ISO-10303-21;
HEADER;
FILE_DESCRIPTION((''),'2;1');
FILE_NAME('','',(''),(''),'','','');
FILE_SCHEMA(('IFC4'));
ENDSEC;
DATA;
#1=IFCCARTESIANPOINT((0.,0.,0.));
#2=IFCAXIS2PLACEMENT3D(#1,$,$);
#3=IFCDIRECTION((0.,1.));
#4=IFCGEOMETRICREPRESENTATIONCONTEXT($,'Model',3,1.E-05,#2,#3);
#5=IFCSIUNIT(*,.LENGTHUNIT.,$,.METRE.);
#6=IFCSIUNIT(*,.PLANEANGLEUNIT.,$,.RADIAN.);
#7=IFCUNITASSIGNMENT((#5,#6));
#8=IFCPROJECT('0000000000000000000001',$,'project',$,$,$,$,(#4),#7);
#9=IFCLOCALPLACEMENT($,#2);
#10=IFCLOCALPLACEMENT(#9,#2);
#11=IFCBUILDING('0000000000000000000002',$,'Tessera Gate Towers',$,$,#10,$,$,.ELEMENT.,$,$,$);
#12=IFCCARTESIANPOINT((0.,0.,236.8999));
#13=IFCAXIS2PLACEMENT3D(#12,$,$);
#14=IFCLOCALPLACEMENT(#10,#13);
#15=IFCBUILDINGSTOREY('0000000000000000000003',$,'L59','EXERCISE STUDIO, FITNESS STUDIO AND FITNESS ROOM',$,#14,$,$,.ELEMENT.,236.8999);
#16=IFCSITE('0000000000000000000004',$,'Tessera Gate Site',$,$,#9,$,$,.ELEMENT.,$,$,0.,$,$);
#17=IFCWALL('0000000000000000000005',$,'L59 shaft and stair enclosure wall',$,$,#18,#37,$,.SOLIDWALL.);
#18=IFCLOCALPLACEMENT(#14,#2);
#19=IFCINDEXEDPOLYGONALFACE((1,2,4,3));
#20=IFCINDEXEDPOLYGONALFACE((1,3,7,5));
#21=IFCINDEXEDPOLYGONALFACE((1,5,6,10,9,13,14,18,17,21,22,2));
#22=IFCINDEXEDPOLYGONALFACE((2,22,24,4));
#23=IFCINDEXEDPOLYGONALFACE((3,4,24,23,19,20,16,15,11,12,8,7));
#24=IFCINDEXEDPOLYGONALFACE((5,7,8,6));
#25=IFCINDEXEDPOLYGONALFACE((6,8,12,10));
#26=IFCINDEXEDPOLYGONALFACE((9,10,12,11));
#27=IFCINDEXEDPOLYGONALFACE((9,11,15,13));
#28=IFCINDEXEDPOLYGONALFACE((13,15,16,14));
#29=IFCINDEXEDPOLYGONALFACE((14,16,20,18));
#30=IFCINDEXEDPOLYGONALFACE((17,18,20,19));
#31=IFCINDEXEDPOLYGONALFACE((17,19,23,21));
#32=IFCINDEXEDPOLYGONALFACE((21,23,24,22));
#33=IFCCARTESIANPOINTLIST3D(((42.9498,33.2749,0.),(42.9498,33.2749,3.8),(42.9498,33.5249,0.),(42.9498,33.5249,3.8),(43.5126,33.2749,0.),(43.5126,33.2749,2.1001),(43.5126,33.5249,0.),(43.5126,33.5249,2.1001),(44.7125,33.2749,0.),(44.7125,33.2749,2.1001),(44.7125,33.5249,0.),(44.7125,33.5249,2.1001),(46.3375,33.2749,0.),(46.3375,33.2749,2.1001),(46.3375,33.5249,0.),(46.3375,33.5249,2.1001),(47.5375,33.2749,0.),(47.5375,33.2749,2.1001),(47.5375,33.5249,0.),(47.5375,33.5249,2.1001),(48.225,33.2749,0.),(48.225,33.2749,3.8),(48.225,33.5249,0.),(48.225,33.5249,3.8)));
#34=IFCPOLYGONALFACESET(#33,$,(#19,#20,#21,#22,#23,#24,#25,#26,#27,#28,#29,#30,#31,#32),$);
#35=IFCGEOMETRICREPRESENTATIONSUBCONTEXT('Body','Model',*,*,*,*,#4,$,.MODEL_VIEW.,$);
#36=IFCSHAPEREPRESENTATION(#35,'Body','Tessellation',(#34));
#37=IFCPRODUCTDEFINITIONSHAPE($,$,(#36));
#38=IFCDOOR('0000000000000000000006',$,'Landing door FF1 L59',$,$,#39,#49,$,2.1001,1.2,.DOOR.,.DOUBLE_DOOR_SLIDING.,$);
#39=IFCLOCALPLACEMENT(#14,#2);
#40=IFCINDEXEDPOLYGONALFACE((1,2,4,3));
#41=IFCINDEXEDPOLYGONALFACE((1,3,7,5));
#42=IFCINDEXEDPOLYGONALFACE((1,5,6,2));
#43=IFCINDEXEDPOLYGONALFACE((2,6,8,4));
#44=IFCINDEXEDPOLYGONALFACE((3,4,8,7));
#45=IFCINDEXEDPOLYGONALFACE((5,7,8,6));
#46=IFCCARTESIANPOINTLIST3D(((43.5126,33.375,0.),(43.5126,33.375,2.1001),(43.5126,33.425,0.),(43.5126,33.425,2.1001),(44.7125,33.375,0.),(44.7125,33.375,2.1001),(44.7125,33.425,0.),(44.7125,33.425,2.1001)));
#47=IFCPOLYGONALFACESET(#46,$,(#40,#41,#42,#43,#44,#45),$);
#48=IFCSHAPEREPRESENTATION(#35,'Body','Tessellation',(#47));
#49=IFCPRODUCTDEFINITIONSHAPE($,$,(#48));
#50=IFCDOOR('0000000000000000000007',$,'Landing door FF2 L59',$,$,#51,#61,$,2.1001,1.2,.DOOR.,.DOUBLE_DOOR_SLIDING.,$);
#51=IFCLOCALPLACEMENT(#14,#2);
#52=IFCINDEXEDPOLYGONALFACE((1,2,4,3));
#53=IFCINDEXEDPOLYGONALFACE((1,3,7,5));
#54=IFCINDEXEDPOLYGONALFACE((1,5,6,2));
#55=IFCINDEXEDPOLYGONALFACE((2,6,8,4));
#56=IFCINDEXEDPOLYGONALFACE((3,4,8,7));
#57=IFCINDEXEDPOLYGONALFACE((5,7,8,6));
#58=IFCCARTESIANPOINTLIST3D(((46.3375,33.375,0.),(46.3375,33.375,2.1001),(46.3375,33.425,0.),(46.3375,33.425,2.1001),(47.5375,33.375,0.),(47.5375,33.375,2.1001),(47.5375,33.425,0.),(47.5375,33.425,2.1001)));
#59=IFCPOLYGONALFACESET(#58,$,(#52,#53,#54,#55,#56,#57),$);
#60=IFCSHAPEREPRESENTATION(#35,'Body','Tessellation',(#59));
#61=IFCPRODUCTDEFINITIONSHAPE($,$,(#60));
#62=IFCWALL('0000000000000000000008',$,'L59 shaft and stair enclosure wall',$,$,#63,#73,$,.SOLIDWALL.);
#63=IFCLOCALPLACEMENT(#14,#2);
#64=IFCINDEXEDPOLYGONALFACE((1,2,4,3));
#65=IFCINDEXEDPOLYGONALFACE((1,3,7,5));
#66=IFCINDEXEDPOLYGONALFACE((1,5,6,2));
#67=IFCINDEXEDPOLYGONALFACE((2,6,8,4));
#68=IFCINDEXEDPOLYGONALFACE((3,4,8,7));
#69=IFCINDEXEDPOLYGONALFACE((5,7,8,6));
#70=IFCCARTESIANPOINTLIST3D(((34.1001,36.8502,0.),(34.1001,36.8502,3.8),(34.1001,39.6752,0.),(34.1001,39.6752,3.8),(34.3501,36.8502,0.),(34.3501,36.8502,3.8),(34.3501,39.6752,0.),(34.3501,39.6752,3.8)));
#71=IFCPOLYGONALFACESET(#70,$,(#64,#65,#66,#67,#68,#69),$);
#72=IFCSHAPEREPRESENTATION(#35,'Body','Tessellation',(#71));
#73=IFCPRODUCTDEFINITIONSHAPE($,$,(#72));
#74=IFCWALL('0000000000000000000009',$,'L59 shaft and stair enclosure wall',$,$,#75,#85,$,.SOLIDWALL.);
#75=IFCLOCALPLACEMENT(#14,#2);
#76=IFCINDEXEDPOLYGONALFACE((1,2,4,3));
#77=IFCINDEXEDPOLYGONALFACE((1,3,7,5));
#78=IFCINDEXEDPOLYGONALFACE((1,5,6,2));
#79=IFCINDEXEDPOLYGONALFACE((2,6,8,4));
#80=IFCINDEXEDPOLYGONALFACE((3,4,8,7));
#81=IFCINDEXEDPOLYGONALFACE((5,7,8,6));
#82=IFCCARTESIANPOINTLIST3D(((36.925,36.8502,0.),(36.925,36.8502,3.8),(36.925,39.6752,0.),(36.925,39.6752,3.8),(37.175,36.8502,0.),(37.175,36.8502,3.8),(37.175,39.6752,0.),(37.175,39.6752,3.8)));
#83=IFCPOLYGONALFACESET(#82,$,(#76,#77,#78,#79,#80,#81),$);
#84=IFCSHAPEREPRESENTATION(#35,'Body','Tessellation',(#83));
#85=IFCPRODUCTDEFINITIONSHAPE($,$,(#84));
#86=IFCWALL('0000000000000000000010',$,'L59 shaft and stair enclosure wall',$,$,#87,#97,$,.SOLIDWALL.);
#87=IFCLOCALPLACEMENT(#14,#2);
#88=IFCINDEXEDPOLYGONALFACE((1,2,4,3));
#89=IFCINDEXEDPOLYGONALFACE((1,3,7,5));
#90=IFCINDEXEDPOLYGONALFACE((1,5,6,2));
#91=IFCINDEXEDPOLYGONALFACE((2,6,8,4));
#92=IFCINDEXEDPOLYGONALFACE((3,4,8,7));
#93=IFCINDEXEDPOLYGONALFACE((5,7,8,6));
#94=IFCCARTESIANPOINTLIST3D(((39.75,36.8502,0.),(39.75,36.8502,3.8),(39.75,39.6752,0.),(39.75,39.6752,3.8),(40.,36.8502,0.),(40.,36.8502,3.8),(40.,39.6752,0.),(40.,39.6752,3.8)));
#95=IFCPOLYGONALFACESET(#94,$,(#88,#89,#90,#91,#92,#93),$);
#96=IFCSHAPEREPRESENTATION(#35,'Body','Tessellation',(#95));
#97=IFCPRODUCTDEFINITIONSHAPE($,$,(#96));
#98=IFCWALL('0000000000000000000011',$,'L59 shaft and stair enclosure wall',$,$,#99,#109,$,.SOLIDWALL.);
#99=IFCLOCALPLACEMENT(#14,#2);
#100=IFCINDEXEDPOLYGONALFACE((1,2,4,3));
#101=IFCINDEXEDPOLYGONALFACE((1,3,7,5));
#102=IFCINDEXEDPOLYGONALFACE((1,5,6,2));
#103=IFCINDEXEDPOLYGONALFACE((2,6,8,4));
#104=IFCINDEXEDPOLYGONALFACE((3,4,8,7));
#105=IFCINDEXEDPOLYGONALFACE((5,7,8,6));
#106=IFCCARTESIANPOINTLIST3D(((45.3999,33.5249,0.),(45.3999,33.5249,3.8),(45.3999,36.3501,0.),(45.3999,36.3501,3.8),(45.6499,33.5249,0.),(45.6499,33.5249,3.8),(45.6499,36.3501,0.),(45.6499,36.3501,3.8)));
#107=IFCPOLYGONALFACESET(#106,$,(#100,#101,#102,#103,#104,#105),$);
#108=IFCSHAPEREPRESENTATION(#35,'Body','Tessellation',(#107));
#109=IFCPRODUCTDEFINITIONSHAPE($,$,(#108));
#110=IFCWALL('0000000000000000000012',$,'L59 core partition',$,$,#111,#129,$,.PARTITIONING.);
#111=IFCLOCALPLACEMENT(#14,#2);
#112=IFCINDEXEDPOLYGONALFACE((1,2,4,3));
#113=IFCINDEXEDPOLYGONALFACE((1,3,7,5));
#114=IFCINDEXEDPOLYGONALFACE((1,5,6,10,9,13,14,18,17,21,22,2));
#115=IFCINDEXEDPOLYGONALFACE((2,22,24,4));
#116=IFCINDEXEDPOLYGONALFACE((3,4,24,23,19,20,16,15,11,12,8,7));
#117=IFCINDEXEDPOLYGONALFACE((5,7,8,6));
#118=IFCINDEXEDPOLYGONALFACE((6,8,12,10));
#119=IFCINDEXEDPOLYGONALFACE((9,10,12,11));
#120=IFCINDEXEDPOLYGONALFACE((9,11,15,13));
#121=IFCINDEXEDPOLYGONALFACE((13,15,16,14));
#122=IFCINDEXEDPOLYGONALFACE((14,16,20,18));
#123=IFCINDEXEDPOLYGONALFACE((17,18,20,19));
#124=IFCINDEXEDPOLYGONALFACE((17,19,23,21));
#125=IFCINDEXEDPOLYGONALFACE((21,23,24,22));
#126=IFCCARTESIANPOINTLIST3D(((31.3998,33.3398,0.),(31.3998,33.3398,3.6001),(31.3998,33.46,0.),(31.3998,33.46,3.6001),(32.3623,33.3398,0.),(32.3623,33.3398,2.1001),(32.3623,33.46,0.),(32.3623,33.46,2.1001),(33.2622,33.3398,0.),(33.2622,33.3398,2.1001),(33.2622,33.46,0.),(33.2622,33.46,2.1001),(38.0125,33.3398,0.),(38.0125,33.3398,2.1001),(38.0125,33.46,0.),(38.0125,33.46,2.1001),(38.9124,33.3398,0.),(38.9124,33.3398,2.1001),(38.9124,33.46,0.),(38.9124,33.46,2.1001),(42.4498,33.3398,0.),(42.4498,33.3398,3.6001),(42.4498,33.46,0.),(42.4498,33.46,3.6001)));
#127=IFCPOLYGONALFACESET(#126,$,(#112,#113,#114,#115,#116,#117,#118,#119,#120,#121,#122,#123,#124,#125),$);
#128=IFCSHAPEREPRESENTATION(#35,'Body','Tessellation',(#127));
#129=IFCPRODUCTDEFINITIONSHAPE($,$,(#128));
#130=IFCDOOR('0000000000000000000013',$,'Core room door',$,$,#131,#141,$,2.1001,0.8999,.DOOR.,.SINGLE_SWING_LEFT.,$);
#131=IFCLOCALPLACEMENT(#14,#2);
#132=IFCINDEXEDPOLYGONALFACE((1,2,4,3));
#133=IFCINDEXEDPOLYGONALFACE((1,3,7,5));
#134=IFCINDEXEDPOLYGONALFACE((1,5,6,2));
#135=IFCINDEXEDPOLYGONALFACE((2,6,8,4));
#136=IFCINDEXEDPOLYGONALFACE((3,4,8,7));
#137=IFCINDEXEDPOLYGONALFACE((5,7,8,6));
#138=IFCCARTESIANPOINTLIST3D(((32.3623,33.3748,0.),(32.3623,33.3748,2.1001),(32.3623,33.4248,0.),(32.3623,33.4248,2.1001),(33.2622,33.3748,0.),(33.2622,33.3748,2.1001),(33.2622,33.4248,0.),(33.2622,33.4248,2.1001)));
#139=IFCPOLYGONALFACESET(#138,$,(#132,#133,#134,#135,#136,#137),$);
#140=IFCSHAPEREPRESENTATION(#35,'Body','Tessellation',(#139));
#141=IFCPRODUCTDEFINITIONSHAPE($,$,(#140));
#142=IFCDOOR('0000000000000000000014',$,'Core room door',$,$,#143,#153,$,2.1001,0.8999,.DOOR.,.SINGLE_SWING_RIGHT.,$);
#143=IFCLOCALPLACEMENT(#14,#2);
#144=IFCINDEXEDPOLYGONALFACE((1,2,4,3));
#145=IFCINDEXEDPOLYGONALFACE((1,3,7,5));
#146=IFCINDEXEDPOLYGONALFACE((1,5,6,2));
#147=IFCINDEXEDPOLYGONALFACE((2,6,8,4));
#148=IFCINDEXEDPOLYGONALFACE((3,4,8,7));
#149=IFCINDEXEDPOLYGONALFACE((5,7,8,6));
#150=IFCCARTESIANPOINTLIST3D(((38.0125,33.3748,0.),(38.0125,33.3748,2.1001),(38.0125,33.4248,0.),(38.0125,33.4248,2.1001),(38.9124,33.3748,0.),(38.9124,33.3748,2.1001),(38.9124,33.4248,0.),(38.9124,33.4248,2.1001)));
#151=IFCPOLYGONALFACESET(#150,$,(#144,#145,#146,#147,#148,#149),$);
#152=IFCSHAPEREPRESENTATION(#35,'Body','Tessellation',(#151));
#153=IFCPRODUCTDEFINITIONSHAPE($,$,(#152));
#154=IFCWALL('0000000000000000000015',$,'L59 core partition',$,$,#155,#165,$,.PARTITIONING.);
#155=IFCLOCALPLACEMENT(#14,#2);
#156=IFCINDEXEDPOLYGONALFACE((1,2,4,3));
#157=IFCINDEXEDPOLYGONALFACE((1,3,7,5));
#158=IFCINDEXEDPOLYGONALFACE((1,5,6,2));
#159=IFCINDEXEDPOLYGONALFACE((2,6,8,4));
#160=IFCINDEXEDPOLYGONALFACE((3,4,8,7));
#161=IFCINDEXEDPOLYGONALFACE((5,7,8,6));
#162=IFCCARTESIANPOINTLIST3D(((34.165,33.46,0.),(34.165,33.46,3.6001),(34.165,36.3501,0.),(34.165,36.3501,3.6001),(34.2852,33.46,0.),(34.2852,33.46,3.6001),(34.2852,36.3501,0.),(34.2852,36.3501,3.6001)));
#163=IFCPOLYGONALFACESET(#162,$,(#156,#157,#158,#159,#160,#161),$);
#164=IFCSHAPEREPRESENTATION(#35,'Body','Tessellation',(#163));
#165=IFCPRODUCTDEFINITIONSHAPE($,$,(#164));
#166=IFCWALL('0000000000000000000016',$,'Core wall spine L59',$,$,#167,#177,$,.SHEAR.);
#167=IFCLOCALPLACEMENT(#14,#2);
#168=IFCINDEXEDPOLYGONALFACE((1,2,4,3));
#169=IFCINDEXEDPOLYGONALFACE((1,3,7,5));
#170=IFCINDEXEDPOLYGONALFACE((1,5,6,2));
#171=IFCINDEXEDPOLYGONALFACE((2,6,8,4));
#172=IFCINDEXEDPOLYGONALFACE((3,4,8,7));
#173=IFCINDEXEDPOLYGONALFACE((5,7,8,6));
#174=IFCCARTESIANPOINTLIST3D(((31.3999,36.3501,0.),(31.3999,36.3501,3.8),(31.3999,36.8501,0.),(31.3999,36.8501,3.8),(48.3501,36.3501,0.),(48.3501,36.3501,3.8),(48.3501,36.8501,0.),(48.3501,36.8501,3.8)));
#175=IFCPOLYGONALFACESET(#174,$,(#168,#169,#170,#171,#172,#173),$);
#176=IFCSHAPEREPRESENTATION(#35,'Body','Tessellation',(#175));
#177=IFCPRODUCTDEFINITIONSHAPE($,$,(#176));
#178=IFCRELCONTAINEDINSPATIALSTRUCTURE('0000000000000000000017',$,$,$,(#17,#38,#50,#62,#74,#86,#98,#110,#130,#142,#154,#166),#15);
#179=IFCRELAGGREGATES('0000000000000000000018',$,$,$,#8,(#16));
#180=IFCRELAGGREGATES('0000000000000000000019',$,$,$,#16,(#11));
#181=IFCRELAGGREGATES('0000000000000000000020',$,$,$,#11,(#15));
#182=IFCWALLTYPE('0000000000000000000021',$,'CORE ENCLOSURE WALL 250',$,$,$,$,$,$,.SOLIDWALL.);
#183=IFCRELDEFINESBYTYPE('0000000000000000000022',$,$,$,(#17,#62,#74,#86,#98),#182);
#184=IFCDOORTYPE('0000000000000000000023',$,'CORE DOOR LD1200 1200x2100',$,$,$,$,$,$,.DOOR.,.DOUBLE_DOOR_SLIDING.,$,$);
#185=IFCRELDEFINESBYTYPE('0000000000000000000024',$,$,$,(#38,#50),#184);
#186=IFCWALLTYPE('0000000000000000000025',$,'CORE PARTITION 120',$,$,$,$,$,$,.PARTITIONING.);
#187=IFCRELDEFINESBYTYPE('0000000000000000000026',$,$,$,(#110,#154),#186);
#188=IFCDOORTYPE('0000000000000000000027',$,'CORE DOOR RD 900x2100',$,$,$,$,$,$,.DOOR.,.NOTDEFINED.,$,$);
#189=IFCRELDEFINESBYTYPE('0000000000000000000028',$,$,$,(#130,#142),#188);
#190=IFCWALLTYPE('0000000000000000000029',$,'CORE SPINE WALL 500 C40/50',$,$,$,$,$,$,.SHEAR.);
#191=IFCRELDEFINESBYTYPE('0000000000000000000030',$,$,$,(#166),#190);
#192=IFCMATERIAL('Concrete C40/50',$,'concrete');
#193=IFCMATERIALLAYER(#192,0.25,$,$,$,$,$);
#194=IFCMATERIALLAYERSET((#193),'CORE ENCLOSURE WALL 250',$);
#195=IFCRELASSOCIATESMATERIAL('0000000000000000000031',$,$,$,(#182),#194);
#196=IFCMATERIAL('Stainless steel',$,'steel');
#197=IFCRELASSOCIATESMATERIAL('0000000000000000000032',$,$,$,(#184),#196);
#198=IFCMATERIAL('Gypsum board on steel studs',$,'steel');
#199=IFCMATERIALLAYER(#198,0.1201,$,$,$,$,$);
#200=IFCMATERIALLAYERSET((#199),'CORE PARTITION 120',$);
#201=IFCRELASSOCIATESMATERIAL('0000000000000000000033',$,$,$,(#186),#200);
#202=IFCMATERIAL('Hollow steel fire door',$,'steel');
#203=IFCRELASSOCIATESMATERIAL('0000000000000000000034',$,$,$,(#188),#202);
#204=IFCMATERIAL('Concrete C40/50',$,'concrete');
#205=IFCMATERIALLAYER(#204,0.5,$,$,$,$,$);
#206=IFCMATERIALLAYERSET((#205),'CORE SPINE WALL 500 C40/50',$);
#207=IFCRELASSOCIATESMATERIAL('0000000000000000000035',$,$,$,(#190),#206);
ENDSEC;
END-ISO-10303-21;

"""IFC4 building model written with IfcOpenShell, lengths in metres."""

from ifc_helpers import new_model, si_unit, direction, frame, frame_2d, origin, place, context, subcontext, project, spatial, rectangle, extrude, source, transform, mapped, material, layer, layer_set, type_object, element, fill, save


model = new_model("IFC4")

# Units and contexts
model_context = context("Model", 3, precision=1e-05, world=origin(), true_north=direction((0.0, 1.0)))
body_context = subcontext(model_context, "Body", "Model", "MODEL_VIEW")
ifc_project = project(units=[si_unit("LENGTHUNIT", "METRE"), si_unit("PLANEANGLEUNIT", "RADIAN")], contexts=[model_context])

# Site, building, storey
site_placement = place(None, origin())
site = spatial("IfcSite", under=ifc_project, at=site_placement, Name="Tessera Gate Site", CompositionType="ELEMENT", RefElevation=0.0)
building_placement = place(site_placement, origin())
building = spatial("IfcBuilding", under=site, at=building_placement, Name="Tessera Gate Towers", CompositionType="ELEMENT")
storey_placement = place(building_placement, frame((0.0, 0.0, 236.8999)))
storey = spatial("IfcBuildingStorey", under=building, at=storey_placement, Name="L59", Description="EXERCISE STUDIO, FITNESS STUDIO AND FITNESS ROOM", CompositionType="ELEMENT", Elevation=236.8999)

# Shared definitions
ifc_material_1 = material(Name="Concrete C40/50", Category="concrete")
ifc_layer_1 = layer(ifc_material_1, 0.25)
ifc_layer_set_1 = layer_set([ifc_layer_1], Name="CORE ENCLOSURE WALL 250")
wall_type_1 = type_object("IfcWallType", Name="CORE ENCLOSURE WALL 250", PredefinedType="SOLIDWALL", material=ifc_layer_set_1)

# Shared definitions
shared_shape_1 = source(origin(), body_context, "Body", "SweptSolid", [
    extrude(rectangle(XDim=1.2, YDim=2.1001, at=frame_2d((0.6001, 1.05))), frame((0.0, 0.135, 0.0), z_axis=(0.0, -1.0, 0.0), x_axis=(1.0, 0.0, 0.0)), (0.0, 0.0, 1.0), 0.27),
])
shared_shape_2 = source(origin(), body_context, "Body", "SweptSolid", [
    extrude(rectangle(XDim=1.2, YDim=2.1001, at=frame_2d((0.6001, 1.05))), frame((0.0, 0.0249, 0.0), z_axis=(0.0, -1.0, 0.0), x_axis=(1.0, 0.0, 0.0)), (0.0, 0.0, 1.0), 0.05),
])

# Wall, openings, doors
wall_1_placement = place(storey_placement, frame((48.2251, 33.3999, 0.0), z_axis=(0.0, 0.0, 1.0), x_axis=(-1.0, 0.0, 0.0)))
wall_1 = element("IfcWall", 1, at=wall_1_placement, inside=storey, type_object=wall_type_1, Name="L59 shaft and stair enclosure wall", PredefinedType="SOLIDWALL", context=body_context, shape_type="SweptSolid", body=[
    extrude(rectangle(XDim=5.2751, YDim=0.25, at=frame_2d((2.6377, 0.0))), origin(), (0.0, 0.0, 1.0), 3.8),
])
opening_1_placement = place(wall_1_placement, frame((3.5125, 0.0, 0.0)))
opening_1 = element("IfcOpeningElement", 2, at=opening_1_placement, cuts=wall_1, PredefinedType="OPENING", context=body_context, shape_type="MappedRepresentation", body=[
    mapped(shared_shape_1, transform((0.0, 0.0, 0.0), scale=1.0)),
])
opening_2_placement = place(wall_1_placement, frame((0.6875, 0.0, 0.0)))
opening_2 = element("IfcOpeningElement", 3, at=opening_2_placement, cuts=wall_1, PredefinedType="OPENING", context=body_context, shape_type="MappedRepresentation", body=[
    mapped(shared_shape_1, transform((0.0, 0.0, 0.0), scale=1.0)),
])
ifc_material_2 = material(Name="Stainless steel", Category="steel")
door_type_1 = type_object("IfcDoorType", Name="CORE DOOR LD1200 1200x2100", OperationType="DOUBLE_DOOR_SLIDING", PredefinedType="DOOR", material=ifc_material_2)
door_1_placement = place(opening_1_placement, origin())
door_1 = element("IfcDoor", 4, at=door_1_placement, inside=storey, type_object=door_type_1, Name="Landing door FF1 L59", OperationType="DOUBLE_DOOR_SLIDING", OverallHeight=2.1001, OverallWidth=1.2, PredefinedType="DOOR", context=body_context, shape_type="MappedRepresentation", body=[
    mapped(shared_shape_2, transform((0.0, 0.0, 0.0), scale=1.0)),
])
fill(opening_1, door_1)
door_2_placement = place(opening_2_placement, origin())
door_2 = element("IfcDoor", 5, at=door_2_placement, inside=storey, type_object=door_type_1, Name="Landing door FF2 L59", OperationType="DOUBLE_DOOR_SLIDING", OverallHeight=2.1001, OverallWidth=1.2, PredefinedType="DOOR", context=body_context, shape_type="MappedRepresentation", body=[
    mapped(shared_shape_2, transform((0.0, 0.0, 0.0), scale=1.0)),
])
fill(opening_2, door_2)

# Walls
for number, where, z_axis, x_axis, name in (
    (6, (34.2251, 36.8501, 0.0), (0.0, 0.0, 1.0), (0.0, 1.0, 0.0), "L59 shaft and stair enclosure wall"),
    (7, (37.05, 36.8501, 0.0), (0.0, 0.0, 1.0), (0.0, 1.0, 0.0), "L59 shaft and stair enclosure wall"),
    (8, (39.875, 36.8501, 0.0), (0.0, 0.0, 1.0), (0.0, 1.0, 0.0), "L59 shaft and stair enclosure wall"),
):
    element("IfcWall", number, at=place(storey_placement, frame(where, z_axis=z_axis, x_axis=x_axis)), inside=storey, type_object=wall_type_1, Name=name, PredefinedType="SOLIDWALL", context=body_context, shape_type="SweptSolid", body=[
        extrude(rectangle(XDim=2.825, YDim=0.25, at=frame_2d((1.4126, 0.0))), origin(), (0.0, 0.0, 1.0), 3.8),
    ])
wall_2_placement = place(storey_placement, frame((45.5249, 33.5249, 0.0), z_axis=(0.0, 0.0, 1.0), x_axis=(0.0, 1.0, 0.0)))
element("IfcWall", 9, at=wall_2_placement, inside=storey, type_object=wall_type_1, Name="L59 shaft and stair enclosure wall", PredefinedType="SOLIDWALL", context=body_context, shape_type="SweptSolid", body=[
    extrude(rectangle(XDim=2.8252, YDim=0.25, at=frame_2d((1.4126, 0.0))), origin(), (0.0, 0.0, 1.0), 3.8),
])

# Wall, openings, doors
ifc_material_3 = material(Name="Gypsum board on steel studs", Category="steel")
ifc_layer_2 = layer(ifc_material_3, 0.1201)
ifc_layer_set_2 = layer_set([ifc_layer_2], Name="CORE PARTITION 120")
wall_type_2 = type_object("IfcWallType", Name="CORE PARTITION 120", PredefinedType="PARTITIONING", material=ifc_layer_set_2)
wall_3_placement = place(storey_placement, frame((31.3999, 33.3999, 0.0), z_axis=(0.0, 0.0, 1.0), x_axis=(1.0, 0.0, 0.0)))
wall_3 = element("IfcWall", 10, at=wall_3_placement, inside=storey, type_object=wall_type_2, Name="L59 core partition", PredefinedType="PARTITIONING", context=body_context, shape_type="SweptSolid", body=[
    extrude(rectangle(XDim=11.05, YDim=0.1201, at=frame_2d((5.5249, 0.0))), origin(), (0.0, 0.0, 1.0), 3.6001),
])
shared_shape_3 = source(origin(), body_context, "Body", "SweptSolid", [
    extrude(rectangle(XDim=0.8999, YDim=2.1001, at=frame_2d((0.45, 1.05))), frame((0.0, 0.0701, 0.0), z_axis=(0.0, -1.0, 0.0), x_axis=(1.0, 0.0, 0.0)), (0.0, 0.0, 1.0), 0.1401),
])
opening_3_placement = place(wall_3_placement, frame((0.9624, 0.0, 0.0)))
opening_3 = element("IfcOpeningElement", 11, at=opening_3_placement, cuts=wall_3, PredefinedType="OPENING", context=body_context, shape_type="MappedRepresentation", body=[
    mapped(shared_shape_3, transform((0.0, 0.0, 0.0), scale=1.0)),
])
opening_4_placement = place(wall_3_placement, frame((6.6125, 0.0, 0.0)))
opening_4 = element("IfcOpeningElement", 12, at=opening_4_placement, cuts=wall_3, PredefinedType="OPENING", context=body_context, shape_type="MappedRepresentation", body=[
    mapped(shared_shape_3, transform((0.0, 0.0, 0.0), scale=1.0)),
])
ifc_material_4 = material(Name="Hollow steel fire door", Category="steel")
door_type_2 = type_object("IfcDoorType", Name="CORE DOOR RD 900x2100", OperationType="NOTDEFINED", PredefinedType="DOOR", material=ifc_material_4)
shared_shape_4 = source(origin(), body_context, "Body", "SweptSolid", [
    extrude(rectangle(XDim=0.8999, YDim=2.1001, at=frame_2d((0.45, 1.05))), frame((0.0, 0.0249, 0.0), z_axis=(0.0, -1.0, 0.0), x_axis=(1.0, 0.0, 0.0)), (0.0, 0.0, 1.0), 0.05),
])
door_3_placement = place(opening_3_placement, origin())
door_3 = element("IfcDoor", 13, at=door_3_placement, inside=storey, type_object=door_type_2, Name="Core room door", OperationType="SINGLE_SWING_LEFT", OverallHeight=2.1001, OverallWidth=0.8999, PredefinedType="DOOR", context=body_context, shape_type="MappedRepresentation", body=[
    mapped(shared_shape_4, transform((0.0, 0.0, 0.0), scale=1.0)),
])
fill(opening_3, door_3)
door_4_placement = place(opening_4_placement, origin())
door_4 = element("IfcDoor", 14, at=door_4_placement, inside=storey, type_object=door_type_2, Name="Core room door", OperationType="SINGLE_SWING_RIGHT", OverallHeight=2.1001, OverallWidth=0.8999, PredefinedType="DOOR", context=body_context, shape_type="MappedRepresentation", body=[
    mapped(shared_shape_4, transform((0.0, 0.0, 0.0), scale=1.0)),
])
fill(opening_4, door_4)

# Walls
wall_4_placement = place(storey_placement, frame((34.2251, 33.46, 0.0), z_axis=(0.0, 0.0, 1.0), x_axis=(0.0, 1.0, 0.0)))
element("IfcWall", 15, at=wall_4_placement, inside=storey, type_object=wall_type_2, Name="L59 core partition", PredefinedType="PARTITIONING", context=body_context, shape_type="SweptSolid", body=[
    extrude(rectangle(XDim=2.8901, YDim=0.1201, at=frame_2d((1.4451, 0.0))), origin(), (0.0, 0.0, 1.0), 3.6001),
])
ifc_material_5 = material(Name="Concrete C40/50", Category="concrete")
ifc_layer_3 = layer(ifc_material_5, 0.5)
ifc_layer_set_3 = layer_set([ifc_layer_3], Name="CORE SPINE WALL 500 C40/50")
wall_type_3 = type_object("IfcWallType", Name="CORE SPINE WALL 500 C40/50", PredefinedType="SHEAR", material=ifc_layer_set_3)
wall_5_placement = place(storey_placement, frame((31.3999, 36.6001, 0.0), z_axis=(0.0, 0.0, 1.0), x_axis=(1.0, 0.0, 0.0)))
element("IfcWall", 16, at=wall_5_placement, inside=storey, type_object=wall_type_3, Name="Core wall spine L59", PredefinedType="SHEAR", context=body_context, shape_type="SweptSolid", body=[
    extrude(rectangle(XDim=16.9502, YDim=0.5, at=frame_2d((8.4751, 0.0))), origin(), (0.0, 0.0, 1.0), 3.8),
])

save(model, "model.ifc")
